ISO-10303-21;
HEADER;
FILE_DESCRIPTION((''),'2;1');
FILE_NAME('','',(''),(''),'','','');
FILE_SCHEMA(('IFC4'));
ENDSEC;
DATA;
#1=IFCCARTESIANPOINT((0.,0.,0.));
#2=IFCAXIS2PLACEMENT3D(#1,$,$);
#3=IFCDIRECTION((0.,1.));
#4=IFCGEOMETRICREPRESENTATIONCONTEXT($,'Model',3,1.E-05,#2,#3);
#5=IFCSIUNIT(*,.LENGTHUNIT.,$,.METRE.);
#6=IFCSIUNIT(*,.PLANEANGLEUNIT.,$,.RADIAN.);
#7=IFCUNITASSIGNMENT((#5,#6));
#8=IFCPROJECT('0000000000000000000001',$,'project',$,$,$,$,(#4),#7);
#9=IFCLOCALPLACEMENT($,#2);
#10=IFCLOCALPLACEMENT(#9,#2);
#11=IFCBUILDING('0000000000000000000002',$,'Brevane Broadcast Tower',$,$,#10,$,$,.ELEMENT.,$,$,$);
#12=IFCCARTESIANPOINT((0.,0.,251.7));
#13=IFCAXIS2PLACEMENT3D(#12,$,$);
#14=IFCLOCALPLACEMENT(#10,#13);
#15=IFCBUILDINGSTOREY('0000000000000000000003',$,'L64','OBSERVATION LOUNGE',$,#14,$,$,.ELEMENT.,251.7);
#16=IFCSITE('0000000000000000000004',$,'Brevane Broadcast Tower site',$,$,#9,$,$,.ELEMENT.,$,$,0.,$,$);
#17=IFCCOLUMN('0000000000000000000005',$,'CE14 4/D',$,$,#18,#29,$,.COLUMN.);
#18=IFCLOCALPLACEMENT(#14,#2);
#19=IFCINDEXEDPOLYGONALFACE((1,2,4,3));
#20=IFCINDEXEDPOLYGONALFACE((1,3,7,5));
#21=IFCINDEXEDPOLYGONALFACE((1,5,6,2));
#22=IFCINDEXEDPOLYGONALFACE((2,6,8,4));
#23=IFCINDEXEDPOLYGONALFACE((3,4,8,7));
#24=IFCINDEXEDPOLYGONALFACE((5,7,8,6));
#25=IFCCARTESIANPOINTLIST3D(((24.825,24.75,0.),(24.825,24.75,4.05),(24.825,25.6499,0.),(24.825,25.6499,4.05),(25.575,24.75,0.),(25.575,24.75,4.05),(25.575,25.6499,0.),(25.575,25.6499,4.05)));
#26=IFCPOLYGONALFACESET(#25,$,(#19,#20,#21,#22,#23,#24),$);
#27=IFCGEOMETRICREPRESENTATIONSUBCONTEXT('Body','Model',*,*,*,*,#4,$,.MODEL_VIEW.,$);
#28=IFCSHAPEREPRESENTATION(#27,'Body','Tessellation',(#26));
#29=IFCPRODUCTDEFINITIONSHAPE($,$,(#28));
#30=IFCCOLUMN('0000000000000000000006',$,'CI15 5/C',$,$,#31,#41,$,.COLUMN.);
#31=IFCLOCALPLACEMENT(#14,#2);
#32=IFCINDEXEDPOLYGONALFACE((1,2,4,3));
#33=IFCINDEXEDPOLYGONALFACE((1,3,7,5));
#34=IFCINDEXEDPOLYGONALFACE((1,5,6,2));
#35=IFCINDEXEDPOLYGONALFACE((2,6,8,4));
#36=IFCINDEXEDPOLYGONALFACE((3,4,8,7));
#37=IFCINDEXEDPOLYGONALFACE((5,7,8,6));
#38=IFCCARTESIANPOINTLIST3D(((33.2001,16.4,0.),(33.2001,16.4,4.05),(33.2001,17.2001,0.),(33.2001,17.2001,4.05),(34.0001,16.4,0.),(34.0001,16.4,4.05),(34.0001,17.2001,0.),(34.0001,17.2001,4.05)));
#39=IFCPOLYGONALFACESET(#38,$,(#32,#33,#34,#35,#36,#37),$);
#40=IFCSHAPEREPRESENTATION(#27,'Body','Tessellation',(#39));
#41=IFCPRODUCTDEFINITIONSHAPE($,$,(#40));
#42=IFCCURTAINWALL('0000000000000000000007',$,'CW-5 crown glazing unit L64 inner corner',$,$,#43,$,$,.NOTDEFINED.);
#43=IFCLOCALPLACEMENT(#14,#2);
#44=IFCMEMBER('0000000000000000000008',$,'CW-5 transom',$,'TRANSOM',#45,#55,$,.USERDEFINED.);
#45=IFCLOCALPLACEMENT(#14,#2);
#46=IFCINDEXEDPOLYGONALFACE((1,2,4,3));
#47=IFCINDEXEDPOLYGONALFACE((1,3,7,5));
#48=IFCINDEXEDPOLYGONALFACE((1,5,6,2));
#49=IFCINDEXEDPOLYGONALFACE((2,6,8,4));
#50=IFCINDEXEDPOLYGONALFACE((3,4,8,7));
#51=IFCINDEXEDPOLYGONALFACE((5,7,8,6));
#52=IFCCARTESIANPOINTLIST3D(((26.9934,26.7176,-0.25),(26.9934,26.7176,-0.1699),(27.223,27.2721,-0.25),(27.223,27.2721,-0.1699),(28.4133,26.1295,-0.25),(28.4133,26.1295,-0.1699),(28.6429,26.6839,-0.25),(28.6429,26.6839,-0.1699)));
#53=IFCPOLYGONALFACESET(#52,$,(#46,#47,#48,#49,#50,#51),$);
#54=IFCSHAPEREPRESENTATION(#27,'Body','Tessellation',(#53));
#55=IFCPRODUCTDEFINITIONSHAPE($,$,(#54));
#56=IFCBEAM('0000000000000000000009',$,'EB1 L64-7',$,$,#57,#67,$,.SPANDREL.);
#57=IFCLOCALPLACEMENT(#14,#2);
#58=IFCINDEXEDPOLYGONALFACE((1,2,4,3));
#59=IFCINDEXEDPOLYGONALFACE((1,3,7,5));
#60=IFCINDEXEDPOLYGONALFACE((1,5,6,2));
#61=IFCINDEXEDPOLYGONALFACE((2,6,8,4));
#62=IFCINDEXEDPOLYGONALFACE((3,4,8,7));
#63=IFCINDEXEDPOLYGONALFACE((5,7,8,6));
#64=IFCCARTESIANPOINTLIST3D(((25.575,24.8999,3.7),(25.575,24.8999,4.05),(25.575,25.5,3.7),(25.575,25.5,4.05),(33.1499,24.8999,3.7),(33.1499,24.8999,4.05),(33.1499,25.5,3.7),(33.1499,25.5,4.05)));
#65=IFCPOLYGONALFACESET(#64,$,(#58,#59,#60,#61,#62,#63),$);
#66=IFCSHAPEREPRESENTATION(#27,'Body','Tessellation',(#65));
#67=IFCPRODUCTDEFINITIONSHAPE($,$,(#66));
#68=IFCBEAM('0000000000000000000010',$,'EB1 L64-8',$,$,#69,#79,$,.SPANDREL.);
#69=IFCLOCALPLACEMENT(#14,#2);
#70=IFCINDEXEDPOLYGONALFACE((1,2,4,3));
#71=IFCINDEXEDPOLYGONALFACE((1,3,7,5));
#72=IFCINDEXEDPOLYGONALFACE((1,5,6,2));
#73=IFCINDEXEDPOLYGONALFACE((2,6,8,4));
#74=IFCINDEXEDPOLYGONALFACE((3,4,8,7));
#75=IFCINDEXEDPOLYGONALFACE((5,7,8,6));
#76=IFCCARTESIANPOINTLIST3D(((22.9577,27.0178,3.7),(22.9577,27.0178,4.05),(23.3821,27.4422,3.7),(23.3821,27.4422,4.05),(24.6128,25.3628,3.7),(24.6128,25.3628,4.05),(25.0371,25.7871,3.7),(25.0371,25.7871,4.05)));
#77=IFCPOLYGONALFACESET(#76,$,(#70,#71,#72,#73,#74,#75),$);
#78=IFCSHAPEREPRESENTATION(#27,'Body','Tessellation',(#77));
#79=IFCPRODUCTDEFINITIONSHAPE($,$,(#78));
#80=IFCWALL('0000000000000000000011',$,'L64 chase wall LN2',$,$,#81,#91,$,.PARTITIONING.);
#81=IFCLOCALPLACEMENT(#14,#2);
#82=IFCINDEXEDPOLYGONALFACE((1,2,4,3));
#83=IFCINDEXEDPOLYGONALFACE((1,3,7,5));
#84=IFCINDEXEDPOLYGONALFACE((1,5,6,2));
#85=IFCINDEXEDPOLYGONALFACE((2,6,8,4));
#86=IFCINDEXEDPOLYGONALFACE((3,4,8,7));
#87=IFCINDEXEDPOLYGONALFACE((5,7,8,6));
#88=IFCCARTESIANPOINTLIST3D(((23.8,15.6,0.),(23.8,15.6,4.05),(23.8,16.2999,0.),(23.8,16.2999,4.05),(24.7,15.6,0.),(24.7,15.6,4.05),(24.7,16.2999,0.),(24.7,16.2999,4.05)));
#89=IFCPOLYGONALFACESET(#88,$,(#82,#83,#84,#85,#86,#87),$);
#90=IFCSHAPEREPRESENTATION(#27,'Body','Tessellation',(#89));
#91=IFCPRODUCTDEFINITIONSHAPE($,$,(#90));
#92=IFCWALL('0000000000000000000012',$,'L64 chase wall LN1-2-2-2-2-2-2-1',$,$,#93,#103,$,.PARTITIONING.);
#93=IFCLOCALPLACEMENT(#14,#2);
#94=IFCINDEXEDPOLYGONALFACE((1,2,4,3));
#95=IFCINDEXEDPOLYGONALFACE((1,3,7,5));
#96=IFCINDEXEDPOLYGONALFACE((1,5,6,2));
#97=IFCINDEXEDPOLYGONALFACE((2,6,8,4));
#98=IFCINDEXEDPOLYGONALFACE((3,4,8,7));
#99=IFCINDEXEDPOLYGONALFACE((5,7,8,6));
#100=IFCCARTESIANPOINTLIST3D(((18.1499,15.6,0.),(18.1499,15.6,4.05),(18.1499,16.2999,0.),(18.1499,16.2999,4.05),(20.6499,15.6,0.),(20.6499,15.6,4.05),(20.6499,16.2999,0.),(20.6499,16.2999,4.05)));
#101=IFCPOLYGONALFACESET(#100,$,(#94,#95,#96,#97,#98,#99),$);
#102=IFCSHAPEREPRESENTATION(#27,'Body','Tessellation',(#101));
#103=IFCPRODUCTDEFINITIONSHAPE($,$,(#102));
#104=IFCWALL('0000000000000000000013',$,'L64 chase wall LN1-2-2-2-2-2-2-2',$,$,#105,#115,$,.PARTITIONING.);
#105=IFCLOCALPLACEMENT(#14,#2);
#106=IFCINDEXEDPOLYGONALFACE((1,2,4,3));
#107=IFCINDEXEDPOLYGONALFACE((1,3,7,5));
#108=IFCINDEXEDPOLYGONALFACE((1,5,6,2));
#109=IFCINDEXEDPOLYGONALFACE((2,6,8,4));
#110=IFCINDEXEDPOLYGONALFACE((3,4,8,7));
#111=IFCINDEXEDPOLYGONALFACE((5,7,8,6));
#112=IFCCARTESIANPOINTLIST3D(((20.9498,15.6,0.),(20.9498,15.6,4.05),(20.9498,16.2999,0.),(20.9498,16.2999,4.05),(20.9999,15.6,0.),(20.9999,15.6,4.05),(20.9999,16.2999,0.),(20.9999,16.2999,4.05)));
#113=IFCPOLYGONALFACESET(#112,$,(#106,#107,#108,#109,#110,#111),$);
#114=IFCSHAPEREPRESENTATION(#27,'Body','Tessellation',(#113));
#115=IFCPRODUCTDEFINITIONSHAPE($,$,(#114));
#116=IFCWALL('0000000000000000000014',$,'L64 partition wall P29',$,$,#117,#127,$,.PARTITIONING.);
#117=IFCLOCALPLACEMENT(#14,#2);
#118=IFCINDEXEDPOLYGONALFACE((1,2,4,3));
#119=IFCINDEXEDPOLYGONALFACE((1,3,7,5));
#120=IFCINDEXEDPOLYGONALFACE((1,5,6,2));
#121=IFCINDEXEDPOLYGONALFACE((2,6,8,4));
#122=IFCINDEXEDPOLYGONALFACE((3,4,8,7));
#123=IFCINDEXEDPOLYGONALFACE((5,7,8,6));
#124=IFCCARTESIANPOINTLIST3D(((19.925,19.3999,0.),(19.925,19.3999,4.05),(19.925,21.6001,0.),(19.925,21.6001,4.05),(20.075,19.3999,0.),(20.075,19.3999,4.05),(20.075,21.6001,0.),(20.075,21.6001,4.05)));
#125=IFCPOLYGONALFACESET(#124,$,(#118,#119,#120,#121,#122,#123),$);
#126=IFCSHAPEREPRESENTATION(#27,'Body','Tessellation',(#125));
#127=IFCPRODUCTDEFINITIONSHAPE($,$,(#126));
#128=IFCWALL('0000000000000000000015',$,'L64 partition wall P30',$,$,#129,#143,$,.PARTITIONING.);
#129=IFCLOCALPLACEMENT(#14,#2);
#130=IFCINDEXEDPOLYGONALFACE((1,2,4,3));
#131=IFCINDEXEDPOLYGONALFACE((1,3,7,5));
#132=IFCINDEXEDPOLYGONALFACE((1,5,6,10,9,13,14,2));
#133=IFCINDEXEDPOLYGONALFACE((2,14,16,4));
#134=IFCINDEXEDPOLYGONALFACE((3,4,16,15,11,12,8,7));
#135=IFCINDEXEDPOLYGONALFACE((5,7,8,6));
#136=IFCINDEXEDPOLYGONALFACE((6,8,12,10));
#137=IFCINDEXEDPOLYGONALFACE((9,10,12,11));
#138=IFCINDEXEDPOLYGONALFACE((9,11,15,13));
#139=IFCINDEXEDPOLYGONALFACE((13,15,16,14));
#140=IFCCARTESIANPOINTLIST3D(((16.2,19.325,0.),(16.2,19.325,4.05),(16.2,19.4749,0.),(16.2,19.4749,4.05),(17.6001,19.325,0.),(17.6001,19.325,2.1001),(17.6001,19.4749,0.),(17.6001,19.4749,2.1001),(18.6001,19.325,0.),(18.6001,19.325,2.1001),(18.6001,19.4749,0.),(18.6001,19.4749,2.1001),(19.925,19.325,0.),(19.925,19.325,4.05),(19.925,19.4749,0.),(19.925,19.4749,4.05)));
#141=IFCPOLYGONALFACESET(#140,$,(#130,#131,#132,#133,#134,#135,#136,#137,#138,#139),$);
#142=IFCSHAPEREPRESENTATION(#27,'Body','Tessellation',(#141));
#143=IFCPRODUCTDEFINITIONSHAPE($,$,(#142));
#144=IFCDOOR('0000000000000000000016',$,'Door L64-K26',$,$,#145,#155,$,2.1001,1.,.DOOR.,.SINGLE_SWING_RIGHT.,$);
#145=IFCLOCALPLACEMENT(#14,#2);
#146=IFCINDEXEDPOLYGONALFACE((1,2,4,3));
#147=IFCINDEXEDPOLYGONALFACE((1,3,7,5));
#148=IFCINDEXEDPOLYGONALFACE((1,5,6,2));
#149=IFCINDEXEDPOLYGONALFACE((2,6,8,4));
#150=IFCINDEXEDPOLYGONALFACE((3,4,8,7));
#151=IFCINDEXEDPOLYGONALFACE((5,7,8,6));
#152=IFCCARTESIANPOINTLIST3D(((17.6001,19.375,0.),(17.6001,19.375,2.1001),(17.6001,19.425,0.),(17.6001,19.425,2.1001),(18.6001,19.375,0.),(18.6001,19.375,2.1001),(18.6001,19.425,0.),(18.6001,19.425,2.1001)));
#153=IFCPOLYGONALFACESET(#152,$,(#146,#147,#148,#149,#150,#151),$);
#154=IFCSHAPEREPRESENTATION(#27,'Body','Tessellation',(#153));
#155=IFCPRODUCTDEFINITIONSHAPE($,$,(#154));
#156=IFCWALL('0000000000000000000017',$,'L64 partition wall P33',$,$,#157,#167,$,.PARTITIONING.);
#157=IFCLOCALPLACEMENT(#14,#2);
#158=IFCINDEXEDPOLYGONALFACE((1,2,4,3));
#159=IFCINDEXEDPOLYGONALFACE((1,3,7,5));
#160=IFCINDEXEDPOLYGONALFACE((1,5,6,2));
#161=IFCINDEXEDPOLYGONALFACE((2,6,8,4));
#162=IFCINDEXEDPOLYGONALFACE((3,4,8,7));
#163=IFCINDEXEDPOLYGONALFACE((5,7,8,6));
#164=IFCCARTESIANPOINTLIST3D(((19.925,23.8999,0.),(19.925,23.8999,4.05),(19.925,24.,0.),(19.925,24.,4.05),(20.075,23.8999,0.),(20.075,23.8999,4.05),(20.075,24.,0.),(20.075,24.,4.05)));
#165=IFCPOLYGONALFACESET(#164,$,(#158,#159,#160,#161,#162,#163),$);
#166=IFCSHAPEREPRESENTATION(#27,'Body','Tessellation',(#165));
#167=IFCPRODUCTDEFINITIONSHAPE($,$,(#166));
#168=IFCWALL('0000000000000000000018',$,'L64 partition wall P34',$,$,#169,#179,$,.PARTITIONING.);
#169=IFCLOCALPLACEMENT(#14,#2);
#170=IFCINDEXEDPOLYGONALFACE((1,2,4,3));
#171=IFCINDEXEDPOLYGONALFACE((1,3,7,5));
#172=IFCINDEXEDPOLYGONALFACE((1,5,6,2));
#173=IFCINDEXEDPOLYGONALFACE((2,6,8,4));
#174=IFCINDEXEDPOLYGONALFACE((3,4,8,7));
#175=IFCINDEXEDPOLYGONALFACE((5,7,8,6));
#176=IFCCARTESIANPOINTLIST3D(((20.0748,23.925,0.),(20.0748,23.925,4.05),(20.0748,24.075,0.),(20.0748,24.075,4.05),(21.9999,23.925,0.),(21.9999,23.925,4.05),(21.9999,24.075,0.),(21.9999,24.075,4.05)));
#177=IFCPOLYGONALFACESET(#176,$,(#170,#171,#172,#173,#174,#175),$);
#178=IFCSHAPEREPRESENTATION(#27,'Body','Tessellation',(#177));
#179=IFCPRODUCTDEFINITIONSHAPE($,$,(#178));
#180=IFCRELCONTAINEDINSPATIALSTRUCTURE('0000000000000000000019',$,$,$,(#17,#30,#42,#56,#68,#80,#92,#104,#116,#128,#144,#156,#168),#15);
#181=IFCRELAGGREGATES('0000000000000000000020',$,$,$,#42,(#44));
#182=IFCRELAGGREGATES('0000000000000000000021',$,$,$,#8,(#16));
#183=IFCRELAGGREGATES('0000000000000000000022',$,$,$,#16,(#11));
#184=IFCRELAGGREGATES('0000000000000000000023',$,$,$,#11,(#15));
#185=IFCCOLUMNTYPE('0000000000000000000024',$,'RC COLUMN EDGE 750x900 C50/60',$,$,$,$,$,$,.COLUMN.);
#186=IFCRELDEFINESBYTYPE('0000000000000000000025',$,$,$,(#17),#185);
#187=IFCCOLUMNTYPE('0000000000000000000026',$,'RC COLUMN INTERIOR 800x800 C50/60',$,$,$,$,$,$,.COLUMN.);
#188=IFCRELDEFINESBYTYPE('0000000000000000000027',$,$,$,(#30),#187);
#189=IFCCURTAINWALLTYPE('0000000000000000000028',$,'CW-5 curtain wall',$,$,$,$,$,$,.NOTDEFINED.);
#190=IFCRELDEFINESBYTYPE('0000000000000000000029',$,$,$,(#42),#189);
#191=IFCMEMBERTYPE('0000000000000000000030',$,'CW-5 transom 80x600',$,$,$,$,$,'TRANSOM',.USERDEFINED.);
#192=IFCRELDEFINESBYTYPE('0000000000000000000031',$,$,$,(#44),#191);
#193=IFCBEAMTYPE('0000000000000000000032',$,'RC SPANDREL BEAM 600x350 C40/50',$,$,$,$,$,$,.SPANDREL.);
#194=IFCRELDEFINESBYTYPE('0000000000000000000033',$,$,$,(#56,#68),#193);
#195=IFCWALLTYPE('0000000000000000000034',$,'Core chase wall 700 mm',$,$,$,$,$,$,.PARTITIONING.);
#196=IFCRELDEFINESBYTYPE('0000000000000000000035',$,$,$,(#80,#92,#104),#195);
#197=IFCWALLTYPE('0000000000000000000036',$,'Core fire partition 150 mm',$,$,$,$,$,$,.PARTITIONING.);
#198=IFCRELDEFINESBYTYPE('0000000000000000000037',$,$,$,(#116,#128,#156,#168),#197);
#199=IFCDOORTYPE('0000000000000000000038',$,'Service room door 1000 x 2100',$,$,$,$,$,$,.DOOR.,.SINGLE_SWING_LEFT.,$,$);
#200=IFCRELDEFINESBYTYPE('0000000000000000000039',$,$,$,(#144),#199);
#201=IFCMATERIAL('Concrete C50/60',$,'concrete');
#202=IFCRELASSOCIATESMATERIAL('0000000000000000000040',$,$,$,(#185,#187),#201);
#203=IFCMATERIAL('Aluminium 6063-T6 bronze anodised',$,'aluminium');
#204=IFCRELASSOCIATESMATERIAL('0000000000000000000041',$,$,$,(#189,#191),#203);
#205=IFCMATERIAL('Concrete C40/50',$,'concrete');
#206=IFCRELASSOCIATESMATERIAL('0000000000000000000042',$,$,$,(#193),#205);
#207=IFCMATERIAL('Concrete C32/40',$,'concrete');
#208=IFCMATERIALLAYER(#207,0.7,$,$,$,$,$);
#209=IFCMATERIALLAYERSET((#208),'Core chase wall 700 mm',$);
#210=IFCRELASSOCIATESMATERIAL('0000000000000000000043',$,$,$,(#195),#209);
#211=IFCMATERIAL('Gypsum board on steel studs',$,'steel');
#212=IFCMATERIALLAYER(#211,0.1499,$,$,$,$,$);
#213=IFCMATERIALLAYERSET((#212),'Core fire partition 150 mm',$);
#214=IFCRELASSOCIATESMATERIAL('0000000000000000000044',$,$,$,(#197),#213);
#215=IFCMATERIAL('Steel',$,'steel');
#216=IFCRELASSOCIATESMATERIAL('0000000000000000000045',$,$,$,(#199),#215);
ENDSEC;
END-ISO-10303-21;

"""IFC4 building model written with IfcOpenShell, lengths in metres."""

from ifc_helpers import new_model, si_unit, direction, frame, frame_2d, origin, origin_2d, place, context, subcontext, project, spatial, rectangle, extrude, material, layer, layer_set, material_profile, profile_set, type_object, element, fill, aggregate, save


model = new_model("IFC4")

# Units and contexts
model_context = context("Model", 3, precision=1e-05, world=origin(), true_north=direction((0.0, 1.0)))
body_context = subcontext(model_context, "Body", "Model", "MODEL_VIEW")
ifc_project = project(units=[si_unit("LENGTHUNIT", "METRE"), si_unit("PLANEANGLEUNIT", "RADIAN")], contexts=[model_context])

# Site, building, storey
site_placement = place(None, origin())
site = spatial("IfcSite", under=ifc_project, at=site_placement, Name="Brevane Broadcast Tower site", CompositionType="ELEMENT", RefElevation=0.0)
building_placement = place(site_placement, origin())
building = spatial("IfcBuilding", under=site, at=building_placement, Name="Brevane Broadcast Tower", CompositionType="ELEMENT")
storey_placement = place(building_placement, frame((0.0, 0.0, 251.7)))
storey = spatial("IfcBuildingStorey", under=building, at=storey_placement, Name="L64", Description="OBSERVATION LOUNGE", CompositionType="ELEMENT", Elevation=251.7)

# Columns
ifc_material_1 = material(Name="Concrete C50/60", Category="concrete")
ifc_material_profile_1 = material_profile(ifc_material_1, rectangle(XDim=0.75, YDim=0.8999, at=origin_2d()), Name="RC 750x900")
ifc_profile_set_1 = profile_set([ifc_material_profile_1], Name="Concrete C50/60")
column_type_1 = type_object("IfcColumnType", Name="RC COLUMN EDGE 750x900 C50/60", PredefinedType="COLUMN", material=ifc_profile_set_1)
column_1_placement = place(storey_placement, frame((25.2, 25.2, 0.0), z_axis=(0.0, 0.0, 1.0), x_axis=(1.0, 0.0, 0.0)))
element("IfcColumn", 1, at=column_1_placement, inside=storey, type_object=column_type_1, Name="CE14 4/D", PredefinedType="COLUMN", context=body_context, shape_type="SweptSolid", body=[
    extrude(rectangle(XDim=0.75, YDim=0.8999, at=origin_2d()), origin(), (0.0, 0.0, 1.0), 4.05),
])
ifc_material_profile_2 = material_profile(ifc_material_1, rectangle(XDim=0.8, YDim=0.8, at=origin_2d()), Name="RC 800x800")
ifc_profile_set_2 = profile_set([ifc_material_profile_2], Name="Concrete C50/60")
column_type_2 = type_object("IfcColumnType", Name="RC COLUMN INTERIOR 800x800 C50/60", PredefinedType="COLUMN", material=ifc_profile_set_2)
column_2_placement = place(storey_placement, frame((33.6001, 16.8, 0.0), z_axis=(0.0, 0.0, 1.0), x_axis=(1.0, 0.0, 0.0)))
element("IfcColumn", 2, at=column_2_placement, inside=storey, type_object=column_type_2, Name="CI15 5/C", PredefinedType="COLUMN", context=body_context, shape_type="SweptSolid", body=[
    extrude(rectangle(XDim=0.8, YDim=0.8, at=origin_2d()), origin(), (0.0, 0.0, 1.0), 4.05),
])

# Curtain wall, member
ifc_material_2 = material(Name="Aluminium 6063-T6 bronze anodised", Category="aluminium")
curtain_wall_type = type_object("IfcCurtainWallType", Name="CW-5 curtain wall", PredefinedType="NOTDEFINED", material=ifc_material_2)
curtain_wall_placement = place(storey_placement, origin())
curtain_wall = element("IfcCurtainWall", 3, at=curtain_wall_placement, inside=storey, type_object=curtain_wall_type, Name="CW-5 crown glazing unit L64 inner corner", PredefinedType="NOTDEFINED")
ifc_material_profile_3 = material_profile(ifc_material_2, rectangle(XDim=0.6001, YDim=0.0801, at=origin_2d()), Name="RECT 80x600")
ifc_profile_set_3 = profile_set([ifc_material_profile_3], Name="Aluminium 6063-T6 bronze anodised")
member_type = type_object("IfcMemberType", Name="CW-5 transom 80x600", ElementType="TRANSOM", PredefinedType="USERDEFINED", material=ifc_profile_set_3)
member_placement = place(storey_placement, frame((28.5281, 26.4067, -0.21), z_axis=(-0.923883, 0.382674, 0.0), x_axis=(-0.382674, -0.923883, 0.0)))
member = element("IfcMember", 4, at=member_placement, type_object=member_type, Name="CW-5 transom", ObjectType="TRANSOM", PredefinedType="USERDEFINED", context=body_context, shape_type="SweptSolid", body=[
    extrude(rectangle(XDim=0.6001, YDim=0.0801, at=origin_2d()), origin(), (0.0, 0.0, 1.0), 1.5369),
])
aggregate(curtain_wall, [member])

# Beams
ifc_material_3 = material(Name="Concrete C40/50", Category="concrete")
ifc_material_profile_4 = material_profile(ifc_material_3, rectangle(XDim=0.6001, YDim=0.3501, at=origin_2d()), Name="RC 600x350")
ifc_profile_set_4 = profile_set([ifc_material_profile_4], Name="Concrete C40/50")
beam_type = type_object("IfcBeamType", Name="RC SPANDREL BEAM 600x350 C40/50", PredefinedType="SPANDREL", material=ifc_profile_set_4)
beam_1_placement = place(storey_placement, frame((33.1499, 25.2, 3.875), z_axis=(-1.0, 0.0, 0.0), x_axis=(0.0, -1.0, 0.0)))
element("IfcBeam", 5, at=beam_1_placement, inside=storey, type_object=beam_type, Name="EB1 L64-7", PredefinedType="SPANDREL", context=body_context, shape_type="SweptSolid", body=[
    extrude(rectangle(XDim=0.6001, YDim=0.3501, at=origin_2d()), origin(), (0.0, 0.0, 1.0), 7.575),
])
beam_2_placement = place(storey_placement, frame((24.825, 25.575, 3.875), z_axis=(-0.707107, 0.707107, 0.0), x_axis=(-0.707107, -0.707107, 0.0)))
element("IfcBeam", 6, at=beam_2_placement, inside=storey, type_object=beam_type, Name="EB1 L64-8", PredefinedType="SPANDREL", context=body_context, shape_type="SweptSolid", body=[
    extrude(rectangle(XDim=0.6001, YDim=0.3501, at=origin_2d()), origin(), (0.0, 0.0, 1.0), 2.3406),
])

# Walls
ifc_material_4 = material(Name="Concrete C32/40", Category="concrete")
ifc_layer_1 = layer(ifc_material_4, 0.7)
ifc_layer_set_1 = layer_set([ifc_layer_1], Name="Core chase wall 700 mm")
wall_type_1 = type_object("IfcWallType", Name="Core chase wall 700 mm", PredefinedType="PARTITIONING", material=ifc_layer_set_1)
wall_1_placement = place(storey_placement, frame((23.8, 15.95, 0.0), z_axis=(0.0, 0.0, 1.0), x_axis=(1.0, 0.0, 0.0)))
element("IfcWall", 7, at=wall_1_placement, inside=storey, type_object=wall_type_1, Name="L64 chase wall LN2", PredefinedType="PARTITIONING", context=body_context, shape_type="SweptSolid", body=[
    extrude(rectangle(XDim=0.8999, YDim=0.7, at=frame_2d((0.45, 0.0))), origin(), (0.0, 0.0, 1.0), 4.05),
])
wall_2_placement = place(storey_placement, frame((18.1499, 15.95, 0.0), z_axis=(0.0, 0.0, 1.0), x_axis=(1.0, 0.0, 0.0)))
element("IfcWall", 8, at=wall_2_placement, inside=storey, type_object=wall_type_1, Name="L64 chase wall LN1-2-2-2-2-2-2-1", PredefinedType="PARTITIONING", context=body_context, shape_type="SweptSolid", body=[
    extrude(rectangle(XDim=2.5, YDim=0.7, at=frame_2d((1.25, 0.0))), origin(), (0.0, 0.0, 1.0), 4.05),
])
wall_3_placement = place(storey_placement, frame((20.95, 15.95, 0.0), z_axis=(0.0, 0.0, 1.0), x_axis=(1.0, 0.0, 0.0)))
element("IfcWall", 9, at=wall_3_placement, inside=storey, type_object=wall_type_1, Name="L64 chase wall LN1-2-2-2-2-2-2-2", PredefinedType="PARTITIONING", context=body_context, shape_type="SweptSolid", body=[
    extrude(rectangle(XDim=0.05, YDim=0.7, at=frame_2d((0.0249, 0.0))), origin(), (0.0, 0.0, 1.0), 4.05),
])
ifc_material_5 = material(Name="Gypsum board on steel studs", Category="steel")
ifc_layer_2 = layer(ifc_material_5, 0.1499)
ifc_layer_set_2 = layer_set([ifc_layer_2], Name="Core fire partition 150 mm")
wall_type_2 = type_object("IfcWallType", Name="Core fire partition 150 mm", PredefinedType="PARTITIONING", material=ifc_layer_set_2)
wall_4_placement = place(storey_placement, frame((20.0, 21.6001, 0.0), z_axis=(0.0, 0.0, 1.0), x_axis=(0.0, -1.0, 0.0)))
element("IfcWall", 10, at=wall_4_placement, inside=storey, type_object=wall_type_2, Name="L64 partition wall P29", PredefinedType="PARTITIONING", context=body_context, shape_type="SweptSolid", body=[
    extrude(rectangle(XDim=2.2002, YDim=0.1499, at=frame_2d((1.1001, 0.0))), origin(), (0.0, 0.0, 1.0), 4.05),
])

# Wall, opening, door
wall_5_placement = place(storey_placement, frame((19.925, 19.3999, 0.0), z_axis=(0.0, 0.0, 1.0), x_axis=(-1.0, 0.0, 0.0)))
wall_5 = element("IfcWall", 11, at=wall_5_placement, inside=storey, type_object=wall_type_2, Name="L64 partition wall P30", PredefinedType="PARTITIONING", context=body_context, shape_type="SweptSolid", body=[
    extrude(rectangle(XDim=3.7251, YDim=0.1499, at=frame_2d((1.8625, 0.0))), origin(), (0.0, 0.0, 1.0), 4.05),
])
opening_1_placement = place(wall_5_placement, frame((1.325, 0.0, 0.0)))
opening_1 = element("IfcOpeningElement", 12, at=opening_1_placement, cuts=wall_5, PredefinedType="OPENING", context=body_context, shape_type="SweptSolid", body=[
    extrude(rectangle(XDim=1.0, YDim=2.1001, at=frame_2d((0.5, 1.05))), frame((0.0, 0.085, 0.0), z_axis=(0.0, -1.0, 0.0), x_axis=(1.0, 0.0, 0.0)), (0.0, 0.0, 1.0), 0.1699),
])
ifc_material_6 = material(Name="Steel", Category="steel")
door_type_1 = type_object("IfcDoorType", Name="Service room door 1000 x 2100", OperationType="SINGLE_SWING_LEFT", PredefinedType="DOOR", material=ifc_material_6)
door_1_placement = place(opening_1_placement, origin())
door_1 = element("IfcDoor", 13, at=door_1_placement, inside=storey, type_object=door_type_1, Name="Door L64-K26", OperationType="SINGLE_SWING_RIGHT", OverallHeight=2.1001, OverallWidth=1.0, PredefinedType="DOOR", context=body_context, shape_type="SweptSolid", body=[
    extrude(rectangle(XDim=1.0, YDim=2.1001, at=frame_2d((0.5, 1.05))), frame((0.0, 0.0249, 0.0), z_axis=(0.0, -1.0, 0.0), x_axis=(1.0, 0.0, 0.0)), (0.0, 0.0, 1.0), 0.05),
])
fill(opening_1, door_1)

# Walls
wall_6_placement = place(storey_placement, frame((20.0, 23.8999, 0.0), z_axis=(0.0, 0.0, 1.0), x_axis=(0.0, 1.0, 0.0)))
element("IfcWall", 14, at=wall_6_placement, inside=storey, type_object=wall_type_2, Name="L64 partition wall P33", PredefinedType="PARTITIONING", context=body_context, shape_type="SweptSolid", body=[
    extrude(rectangle(XDim=0.1001, YDim=0.1499, at=frame_2d((0.05, 0.0))), origin(), (0.0, 0.0, 1.0), 4.05),
])
wall_7_placement = place(storey_placement, frame((20.075, 24.0, 0.0), z_axis=(0.0, 0.0, 1.0), x_axis=(1.0, 0.0, 0.0)))
element("IfcWall", 15, at=wall_7_placement, inside=storey, type_object=wall_type_2, Name="L64 partition wall P34", PredefinedType="PARTITIONING", context=body_context, shape_type="SweptSolid", body=[
    extrude(rectangle(XDim=1.925, YDim=0.1499, at=frame_2d((0.9624, 0.0))), origin(), (0.0, 0.0, 1.0), 4.05),
])

save(model, "model.ifc")
